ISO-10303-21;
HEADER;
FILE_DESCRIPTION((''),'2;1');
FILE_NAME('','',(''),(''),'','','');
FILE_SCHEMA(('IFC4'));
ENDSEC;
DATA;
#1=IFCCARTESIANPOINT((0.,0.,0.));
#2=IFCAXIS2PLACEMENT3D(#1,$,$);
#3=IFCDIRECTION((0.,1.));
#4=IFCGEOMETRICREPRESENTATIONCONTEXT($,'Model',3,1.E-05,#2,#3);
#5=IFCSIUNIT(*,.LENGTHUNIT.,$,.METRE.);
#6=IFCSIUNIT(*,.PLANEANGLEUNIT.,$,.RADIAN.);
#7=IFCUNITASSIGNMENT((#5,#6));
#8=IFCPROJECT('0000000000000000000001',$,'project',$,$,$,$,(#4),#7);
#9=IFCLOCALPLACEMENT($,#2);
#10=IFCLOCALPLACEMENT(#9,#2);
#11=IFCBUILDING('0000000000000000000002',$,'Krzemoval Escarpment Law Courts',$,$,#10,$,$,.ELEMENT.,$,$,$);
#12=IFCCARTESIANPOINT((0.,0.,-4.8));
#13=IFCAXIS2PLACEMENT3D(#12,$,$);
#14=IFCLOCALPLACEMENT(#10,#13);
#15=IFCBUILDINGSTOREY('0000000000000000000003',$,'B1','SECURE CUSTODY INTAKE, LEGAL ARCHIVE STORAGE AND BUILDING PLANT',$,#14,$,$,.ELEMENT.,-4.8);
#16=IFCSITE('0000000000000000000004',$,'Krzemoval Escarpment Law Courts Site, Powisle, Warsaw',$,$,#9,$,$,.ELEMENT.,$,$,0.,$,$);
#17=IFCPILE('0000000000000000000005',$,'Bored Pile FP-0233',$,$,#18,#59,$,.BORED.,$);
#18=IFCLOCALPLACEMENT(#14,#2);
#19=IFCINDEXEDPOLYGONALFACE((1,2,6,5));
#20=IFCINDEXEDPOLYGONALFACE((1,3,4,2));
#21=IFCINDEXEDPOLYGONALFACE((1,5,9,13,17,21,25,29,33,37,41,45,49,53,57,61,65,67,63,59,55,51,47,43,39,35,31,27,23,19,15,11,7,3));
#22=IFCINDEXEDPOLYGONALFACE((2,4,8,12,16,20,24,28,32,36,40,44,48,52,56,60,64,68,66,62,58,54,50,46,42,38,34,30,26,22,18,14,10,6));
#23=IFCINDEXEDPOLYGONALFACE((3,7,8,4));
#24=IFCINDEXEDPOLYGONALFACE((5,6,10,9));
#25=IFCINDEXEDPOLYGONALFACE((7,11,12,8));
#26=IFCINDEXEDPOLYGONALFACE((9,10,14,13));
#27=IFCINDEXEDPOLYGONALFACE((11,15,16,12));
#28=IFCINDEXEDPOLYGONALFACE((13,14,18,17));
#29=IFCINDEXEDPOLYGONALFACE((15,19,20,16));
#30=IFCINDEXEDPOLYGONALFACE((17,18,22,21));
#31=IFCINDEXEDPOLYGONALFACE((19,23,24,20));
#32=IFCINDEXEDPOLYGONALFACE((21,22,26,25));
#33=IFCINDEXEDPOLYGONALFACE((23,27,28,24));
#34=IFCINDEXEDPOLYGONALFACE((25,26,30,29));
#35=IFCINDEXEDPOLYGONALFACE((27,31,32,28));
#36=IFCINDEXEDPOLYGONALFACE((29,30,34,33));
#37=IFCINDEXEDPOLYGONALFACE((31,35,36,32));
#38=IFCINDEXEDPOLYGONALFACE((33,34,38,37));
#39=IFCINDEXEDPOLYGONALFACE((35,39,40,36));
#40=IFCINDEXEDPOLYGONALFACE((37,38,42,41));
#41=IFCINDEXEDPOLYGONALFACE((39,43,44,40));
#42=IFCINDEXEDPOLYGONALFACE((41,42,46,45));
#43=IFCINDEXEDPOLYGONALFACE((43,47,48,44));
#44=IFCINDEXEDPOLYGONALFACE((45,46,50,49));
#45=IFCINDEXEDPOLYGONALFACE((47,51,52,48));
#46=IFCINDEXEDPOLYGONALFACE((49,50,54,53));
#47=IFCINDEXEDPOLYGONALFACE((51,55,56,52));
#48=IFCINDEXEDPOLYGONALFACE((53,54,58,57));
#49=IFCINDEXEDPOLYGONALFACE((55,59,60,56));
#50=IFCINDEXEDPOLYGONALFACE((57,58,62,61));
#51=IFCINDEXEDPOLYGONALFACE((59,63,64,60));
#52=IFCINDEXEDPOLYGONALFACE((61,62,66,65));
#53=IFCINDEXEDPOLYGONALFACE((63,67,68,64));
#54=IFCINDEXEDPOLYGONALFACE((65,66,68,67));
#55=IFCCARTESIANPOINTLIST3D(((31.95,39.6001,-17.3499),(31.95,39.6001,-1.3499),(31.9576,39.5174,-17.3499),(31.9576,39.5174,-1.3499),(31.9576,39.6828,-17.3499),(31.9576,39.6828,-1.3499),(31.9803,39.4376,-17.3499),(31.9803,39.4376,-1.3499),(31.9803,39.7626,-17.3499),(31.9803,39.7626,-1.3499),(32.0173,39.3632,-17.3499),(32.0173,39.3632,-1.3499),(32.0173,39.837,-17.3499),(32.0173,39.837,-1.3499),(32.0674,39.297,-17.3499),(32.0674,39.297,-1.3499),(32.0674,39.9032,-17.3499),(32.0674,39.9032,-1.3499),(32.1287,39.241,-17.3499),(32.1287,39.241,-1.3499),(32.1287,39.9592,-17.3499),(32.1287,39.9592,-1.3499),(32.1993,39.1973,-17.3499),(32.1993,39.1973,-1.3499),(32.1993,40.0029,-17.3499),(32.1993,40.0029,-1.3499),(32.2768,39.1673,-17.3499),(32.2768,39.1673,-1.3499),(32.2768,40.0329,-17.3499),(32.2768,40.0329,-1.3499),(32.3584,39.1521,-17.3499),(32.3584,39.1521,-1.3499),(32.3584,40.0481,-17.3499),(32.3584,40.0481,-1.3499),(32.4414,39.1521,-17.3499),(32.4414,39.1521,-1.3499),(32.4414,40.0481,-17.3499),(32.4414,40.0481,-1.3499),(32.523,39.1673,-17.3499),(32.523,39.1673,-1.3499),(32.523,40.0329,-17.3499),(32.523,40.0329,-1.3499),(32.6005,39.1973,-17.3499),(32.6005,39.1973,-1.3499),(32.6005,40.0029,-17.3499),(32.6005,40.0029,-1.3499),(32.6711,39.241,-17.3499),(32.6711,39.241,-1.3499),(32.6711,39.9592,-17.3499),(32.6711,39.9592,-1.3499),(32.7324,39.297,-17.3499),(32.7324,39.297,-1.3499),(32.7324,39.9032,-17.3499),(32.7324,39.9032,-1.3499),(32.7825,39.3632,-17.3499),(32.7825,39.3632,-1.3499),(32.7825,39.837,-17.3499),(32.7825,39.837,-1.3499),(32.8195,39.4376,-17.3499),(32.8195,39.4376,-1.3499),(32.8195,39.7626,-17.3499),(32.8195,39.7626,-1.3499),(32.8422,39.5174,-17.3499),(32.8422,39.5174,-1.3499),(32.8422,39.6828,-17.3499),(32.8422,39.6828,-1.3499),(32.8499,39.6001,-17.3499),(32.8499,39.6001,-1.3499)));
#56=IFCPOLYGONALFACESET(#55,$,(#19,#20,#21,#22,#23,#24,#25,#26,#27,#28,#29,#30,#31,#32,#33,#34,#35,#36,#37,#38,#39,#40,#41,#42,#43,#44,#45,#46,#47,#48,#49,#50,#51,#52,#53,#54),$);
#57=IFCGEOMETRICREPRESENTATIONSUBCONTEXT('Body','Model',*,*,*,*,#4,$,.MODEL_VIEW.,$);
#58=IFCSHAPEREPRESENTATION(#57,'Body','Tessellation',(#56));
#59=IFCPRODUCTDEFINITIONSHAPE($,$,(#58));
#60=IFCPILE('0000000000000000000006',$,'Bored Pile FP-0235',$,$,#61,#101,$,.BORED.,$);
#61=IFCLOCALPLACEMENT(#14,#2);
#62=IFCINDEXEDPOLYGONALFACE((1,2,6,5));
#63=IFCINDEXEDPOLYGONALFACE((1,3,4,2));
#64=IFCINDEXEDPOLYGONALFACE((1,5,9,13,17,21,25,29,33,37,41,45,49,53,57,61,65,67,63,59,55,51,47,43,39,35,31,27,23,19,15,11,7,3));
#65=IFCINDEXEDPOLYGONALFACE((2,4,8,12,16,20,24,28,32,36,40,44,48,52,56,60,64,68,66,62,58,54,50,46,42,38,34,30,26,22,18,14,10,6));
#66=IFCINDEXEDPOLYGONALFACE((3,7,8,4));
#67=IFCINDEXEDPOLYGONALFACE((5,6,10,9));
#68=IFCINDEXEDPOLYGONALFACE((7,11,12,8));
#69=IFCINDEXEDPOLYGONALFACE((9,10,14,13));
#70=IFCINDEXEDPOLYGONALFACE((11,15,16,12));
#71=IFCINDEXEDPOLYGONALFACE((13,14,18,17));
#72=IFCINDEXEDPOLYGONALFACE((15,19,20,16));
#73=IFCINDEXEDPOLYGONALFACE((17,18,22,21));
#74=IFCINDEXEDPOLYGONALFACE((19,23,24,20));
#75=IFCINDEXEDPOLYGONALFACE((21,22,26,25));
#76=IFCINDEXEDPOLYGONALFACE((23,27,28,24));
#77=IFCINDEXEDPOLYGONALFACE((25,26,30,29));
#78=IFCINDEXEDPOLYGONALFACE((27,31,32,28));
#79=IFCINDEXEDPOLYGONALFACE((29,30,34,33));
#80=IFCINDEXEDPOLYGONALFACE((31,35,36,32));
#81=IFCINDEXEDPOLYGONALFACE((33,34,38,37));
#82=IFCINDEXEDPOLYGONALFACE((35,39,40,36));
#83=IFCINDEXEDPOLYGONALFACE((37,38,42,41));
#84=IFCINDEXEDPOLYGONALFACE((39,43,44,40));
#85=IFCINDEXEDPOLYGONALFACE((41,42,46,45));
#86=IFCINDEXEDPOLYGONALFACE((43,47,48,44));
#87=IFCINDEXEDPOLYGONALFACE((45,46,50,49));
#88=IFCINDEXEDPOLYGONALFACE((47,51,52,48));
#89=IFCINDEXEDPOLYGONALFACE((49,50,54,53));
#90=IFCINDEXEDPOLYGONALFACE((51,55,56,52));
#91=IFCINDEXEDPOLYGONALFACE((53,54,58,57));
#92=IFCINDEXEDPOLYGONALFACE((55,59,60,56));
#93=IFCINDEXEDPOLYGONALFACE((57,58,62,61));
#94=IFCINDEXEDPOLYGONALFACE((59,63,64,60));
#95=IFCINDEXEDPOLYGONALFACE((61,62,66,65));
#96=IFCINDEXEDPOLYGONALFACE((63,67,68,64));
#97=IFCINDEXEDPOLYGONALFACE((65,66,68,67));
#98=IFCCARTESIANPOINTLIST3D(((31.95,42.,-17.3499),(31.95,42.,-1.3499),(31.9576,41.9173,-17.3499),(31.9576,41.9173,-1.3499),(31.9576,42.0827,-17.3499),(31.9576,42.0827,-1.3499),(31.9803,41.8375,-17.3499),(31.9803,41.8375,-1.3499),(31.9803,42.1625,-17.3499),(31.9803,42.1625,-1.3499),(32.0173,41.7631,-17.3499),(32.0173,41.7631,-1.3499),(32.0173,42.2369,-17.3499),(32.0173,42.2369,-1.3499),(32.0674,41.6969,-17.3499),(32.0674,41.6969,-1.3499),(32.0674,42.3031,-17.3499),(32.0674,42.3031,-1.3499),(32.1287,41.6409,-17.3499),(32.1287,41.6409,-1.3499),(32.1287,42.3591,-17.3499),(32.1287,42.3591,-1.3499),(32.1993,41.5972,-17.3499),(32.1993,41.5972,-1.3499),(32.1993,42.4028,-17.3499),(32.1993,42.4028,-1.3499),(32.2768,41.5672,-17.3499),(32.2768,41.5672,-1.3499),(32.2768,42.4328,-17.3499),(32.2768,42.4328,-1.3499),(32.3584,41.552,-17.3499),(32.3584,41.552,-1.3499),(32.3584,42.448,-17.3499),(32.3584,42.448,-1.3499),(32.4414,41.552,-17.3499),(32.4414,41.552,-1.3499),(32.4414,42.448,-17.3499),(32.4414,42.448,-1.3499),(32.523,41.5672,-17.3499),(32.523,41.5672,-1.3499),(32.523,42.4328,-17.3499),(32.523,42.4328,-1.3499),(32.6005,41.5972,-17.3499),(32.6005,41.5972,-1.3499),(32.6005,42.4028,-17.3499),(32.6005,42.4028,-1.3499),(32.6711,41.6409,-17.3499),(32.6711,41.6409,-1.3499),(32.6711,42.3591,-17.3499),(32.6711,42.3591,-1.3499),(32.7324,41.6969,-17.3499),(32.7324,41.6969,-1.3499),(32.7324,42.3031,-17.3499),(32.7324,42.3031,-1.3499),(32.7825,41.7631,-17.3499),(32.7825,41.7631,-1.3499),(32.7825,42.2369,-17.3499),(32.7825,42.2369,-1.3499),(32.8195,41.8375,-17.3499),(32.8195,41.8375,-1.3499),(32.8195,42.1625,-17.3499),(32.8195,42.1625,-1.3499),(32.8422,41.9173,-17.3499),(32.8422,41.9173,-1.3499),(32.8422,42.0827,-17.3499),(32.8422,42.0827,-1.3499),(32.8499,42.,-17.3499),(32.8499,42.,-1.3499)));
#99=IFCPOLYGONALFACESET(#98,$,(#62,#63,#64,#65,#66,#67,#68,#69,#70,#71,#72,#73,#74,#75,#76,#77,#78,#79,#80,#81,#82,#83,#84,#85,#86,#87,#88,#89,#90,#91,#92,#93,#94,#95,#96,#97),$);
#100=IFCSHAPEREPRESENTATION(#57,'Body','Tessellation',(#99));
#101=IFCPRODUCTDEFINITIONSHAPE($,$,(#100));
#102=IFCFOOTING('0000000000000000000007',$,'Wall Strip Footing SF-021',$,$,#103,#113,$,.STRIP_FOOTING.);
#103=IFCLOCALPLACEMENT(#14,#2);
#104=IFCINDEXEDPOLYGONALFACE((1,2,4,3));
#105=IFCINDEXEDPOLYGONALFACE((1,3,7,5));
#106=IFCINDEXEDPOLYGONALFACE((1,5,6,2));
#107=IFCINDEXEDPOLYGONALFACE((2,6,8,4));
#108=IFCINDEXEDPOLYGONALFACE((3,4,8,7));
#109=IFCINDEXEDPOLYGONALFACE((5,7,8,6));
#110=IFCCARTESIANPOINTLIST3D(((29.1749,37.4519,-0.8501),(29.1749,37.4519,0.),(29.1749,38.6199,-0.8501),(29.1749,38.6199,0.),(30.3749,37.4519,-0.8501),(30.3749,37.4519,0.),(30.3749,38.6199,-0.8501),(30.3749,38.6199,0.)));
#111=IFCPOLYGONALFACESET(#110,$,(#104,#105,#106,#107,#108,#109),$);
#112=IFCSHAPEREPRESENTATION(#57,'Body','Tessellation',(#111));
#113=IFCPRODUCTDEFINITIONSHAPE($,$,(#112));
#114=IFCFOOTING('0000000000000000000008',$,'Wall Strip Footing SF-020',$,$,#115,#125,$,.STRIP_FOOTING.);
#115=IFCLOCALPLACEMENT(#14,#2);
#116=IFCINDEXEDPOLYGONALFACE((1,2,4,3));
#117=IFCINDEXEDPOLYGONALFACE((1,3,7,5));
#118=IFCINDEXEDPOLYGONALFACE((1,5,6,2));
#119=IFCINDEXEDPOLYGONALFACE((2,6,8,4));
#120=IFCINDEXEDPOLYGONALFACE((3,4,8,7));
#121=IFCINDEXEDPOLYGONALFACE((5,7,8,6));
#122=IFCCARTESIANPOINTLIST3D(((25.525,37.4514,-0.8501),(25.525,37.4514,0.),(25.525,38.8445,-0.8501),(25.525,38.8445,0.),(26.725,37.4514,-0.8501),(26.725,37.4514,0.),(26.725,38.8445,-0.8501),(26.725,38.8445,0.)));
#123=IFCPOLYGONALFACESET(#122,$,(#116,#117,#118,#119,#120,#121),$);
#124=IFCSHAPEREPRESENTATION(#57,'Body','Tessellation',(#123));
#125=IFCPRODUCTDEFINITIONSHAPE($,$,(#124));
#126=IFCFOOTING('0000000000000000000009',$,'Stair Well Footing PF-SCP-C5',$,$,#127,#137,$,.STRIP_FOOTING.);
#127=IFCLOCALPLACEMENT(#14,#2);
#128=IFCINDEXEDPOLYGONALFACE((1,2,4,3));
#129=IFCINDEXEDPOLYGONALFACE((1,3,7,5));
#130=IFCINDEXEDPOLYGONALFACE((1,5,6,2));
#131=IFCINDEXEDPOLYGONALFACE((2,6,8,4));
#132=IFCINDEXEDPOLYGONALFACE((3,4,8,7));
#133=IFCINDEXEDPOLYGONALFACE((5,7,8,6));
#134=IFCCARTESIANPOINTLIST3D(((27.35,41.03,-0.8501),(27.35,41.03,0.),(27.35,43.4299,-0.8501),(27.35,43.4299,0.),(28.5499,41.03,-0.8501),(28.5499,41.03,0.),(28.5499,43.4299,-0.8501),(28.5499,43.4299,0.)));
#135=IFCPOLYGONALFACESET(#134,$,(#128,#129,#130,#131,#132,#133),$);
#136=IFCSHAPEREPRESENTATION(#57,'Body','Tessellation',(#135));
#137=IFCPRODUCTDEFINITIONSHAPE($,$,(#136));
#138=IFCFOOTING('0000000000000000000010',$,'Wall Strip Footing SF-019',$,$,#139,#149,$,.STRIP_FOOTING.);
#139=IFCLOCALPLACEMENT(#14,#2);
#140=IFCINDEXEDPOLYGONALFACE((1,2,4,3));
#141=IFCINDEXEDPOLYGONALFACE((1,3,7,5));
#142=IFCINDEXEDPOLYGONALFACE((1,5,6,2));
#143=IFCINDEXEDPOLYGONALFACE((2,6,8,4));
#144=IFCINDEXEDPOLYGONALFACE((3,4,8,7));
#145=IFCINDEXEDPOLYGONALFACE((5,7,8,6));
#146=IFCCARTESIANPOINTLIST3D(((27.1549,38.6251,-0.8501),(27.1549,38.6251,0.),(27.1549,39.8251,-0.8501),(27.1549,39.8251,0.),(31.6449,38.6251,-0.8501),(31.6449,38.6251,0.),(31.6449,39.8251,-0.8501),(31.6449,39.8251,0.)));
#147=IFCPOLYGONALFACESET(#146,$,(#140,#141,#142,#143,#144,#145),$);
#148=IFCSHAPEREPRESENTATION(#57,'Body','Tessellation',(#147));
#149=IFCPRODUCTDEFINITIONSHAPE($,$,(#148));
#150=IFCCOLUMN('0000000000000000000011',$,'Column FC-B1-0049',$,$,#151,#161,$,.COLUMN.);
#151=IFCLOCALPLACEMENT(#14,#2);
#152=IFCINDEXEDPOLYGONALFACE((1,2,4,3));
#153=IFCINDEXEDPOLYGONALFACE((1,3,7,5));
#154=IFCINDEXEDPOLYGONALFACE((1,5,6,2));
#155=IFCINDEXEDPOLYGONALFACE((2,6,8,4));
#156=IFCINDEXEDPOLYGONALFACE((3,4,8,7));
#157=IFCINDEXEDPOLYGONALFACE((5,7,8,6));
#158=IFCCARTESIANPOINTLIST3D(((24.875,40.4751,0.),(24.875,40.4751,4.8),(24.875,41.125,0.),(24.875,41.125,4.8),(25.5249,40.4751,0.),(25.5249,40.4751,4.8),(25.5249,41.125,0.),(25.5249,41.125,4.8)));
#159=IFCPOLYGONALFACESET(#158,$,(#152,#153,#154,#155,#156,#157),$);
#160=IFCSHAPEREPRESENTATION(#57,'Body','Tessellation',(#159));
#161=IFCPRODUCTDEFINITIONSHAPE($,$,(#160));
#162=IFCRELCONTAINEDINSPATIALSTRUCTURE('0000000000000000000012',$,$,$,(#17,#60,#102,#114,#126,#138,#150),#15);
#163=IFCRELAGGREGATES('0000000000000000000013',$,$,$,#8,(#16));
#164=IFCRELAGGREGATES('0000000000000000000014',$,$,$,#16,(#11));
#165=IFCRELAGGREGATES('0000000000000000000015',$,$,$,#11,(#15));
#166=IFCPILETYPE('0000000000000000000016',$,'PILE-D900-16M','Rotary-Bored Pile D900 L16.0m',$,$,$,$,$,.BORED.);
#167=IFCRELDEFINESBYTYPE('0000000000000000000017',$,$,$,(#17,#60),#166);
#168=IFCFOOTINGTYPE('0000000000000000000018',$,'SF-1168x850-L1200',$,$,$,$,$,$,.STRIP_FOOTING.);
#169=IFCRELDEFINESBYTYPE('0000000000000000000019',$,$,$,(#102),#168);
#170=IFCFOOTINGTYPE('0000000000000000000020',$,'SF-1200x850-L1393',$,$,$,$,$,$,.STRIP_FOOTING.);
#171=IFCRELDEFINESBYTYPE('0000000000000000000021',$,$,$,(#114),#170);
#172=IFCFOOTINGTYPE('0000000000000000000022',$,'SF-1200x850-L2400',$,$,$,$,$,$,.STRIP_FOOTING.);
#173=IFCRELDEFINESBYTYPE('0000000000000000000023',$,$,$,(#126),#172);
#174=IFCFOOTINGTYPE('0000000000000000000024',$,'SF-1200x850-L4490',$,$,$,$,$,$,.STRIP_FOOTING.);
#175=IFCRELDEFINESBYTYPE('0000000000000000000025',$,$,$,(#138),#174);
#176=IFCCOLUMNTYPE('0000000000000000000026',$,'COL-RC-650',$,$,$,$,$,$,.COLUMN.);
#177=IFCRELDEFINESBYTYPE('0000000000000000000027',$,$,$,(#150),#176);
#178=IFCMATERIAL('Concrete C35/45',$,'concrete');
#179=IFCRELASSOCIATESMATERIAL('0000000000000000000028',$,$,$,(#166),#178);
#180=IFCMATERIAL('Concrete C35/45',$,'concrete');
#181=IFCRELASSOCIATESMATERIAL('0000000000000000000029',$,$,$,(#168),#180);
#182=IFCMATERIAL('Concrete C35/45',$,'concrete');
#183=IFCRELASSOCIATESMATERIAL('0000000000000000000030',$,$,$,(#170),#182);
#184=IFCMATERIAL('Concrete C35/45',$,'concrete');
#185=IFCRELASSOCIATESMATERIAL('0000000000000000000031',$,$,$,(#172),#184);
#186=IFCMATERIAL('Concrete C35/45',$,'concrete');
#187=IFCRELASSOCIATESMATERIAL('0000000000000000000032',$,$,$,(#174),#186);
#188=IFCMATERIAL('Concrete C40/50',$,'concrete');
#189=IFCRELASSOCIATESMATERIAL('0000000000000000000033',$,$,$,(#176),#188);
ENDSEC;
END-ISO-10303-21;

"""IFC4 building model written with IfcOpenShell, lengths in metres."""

from ifc_helpers import new_model, si_unit, direction, frame, origin, origin_2d, place, context, subcontext, project, spatial, rectangle, circle, extrude, material, material_profile, profile_set, type_object, element, save


model = new_model("IFC4")

# Units and contexts
model_context = context("Model", 3, precision=1e-05, world=origin(), true_north=direction((0.0, 1.0)))
body_context = subcontext(model_context, "Body", "Model", "MODEL_VIEW")
ifc_project = project(units=[si_unit("LENGTHUNIT", "METRE"), si_unit("PLANEANGLEUNIT", "RADIAN")], contexts=[model_context])

# Site, building, storey
site_placement = place(None, origin())
site = spatial("IfcSite", under=ifc_project, at=site_placement, Name="Krzemoval Escarpment Law Courts Site, Powisle, Warsaw", CompositionType="ELEMENT", RefElevation=0.0)
building_placement = place(site_placement, origin())
building = spatial("IfcBuilding", under=site, at=building_placement, Name="Krzemoval Escarpment Law Courts", CompositionType="ELEMENT")
storey_placement = place(building_placement, frame((0.0, 0.0, -4.8)))
storey = spatial("IfcBuildingStorey", under=building, at=storey_placement, Name="B1", Description="SECURE CUSTODY INTAKE, LEGAL ARCHIVE STORAGE AND BUILDING PLANT", CompositionType="ELEMENT", Elevation=-4.8)

# Piles
ifc_material_1 = material(Name="Concrete C35/45", Category="concrete")
ifc_material_profile_1 = material_profile(ifc_material_1, circle(Radius=0.45, at=origin_2d()), Name="PILE D900")
ifc_profile_set_1 = profile_set([ifc_material_profile_1], Name="Concrete C35/45")
pile_type_1 = type_object("IfcPileType", Name="PILE-D900-16M", Description="Rotary-Bored Pile D900 L16.0m", PredefinedType="BORED", material=ifc_profile_set_1)
for number, where, z_axis, x_axis, name in (
    (1, (32.3999, 39.6001, -1.3499), (0.0, 0.0, -1.0), (1.0, 0.0, 0.0), "Bored Pile FP-0233"),
    (2, (32.3999, 42.0, -1.3499), (0.0, 0.0, -1.0), (1.0, 0.0, 0.0), "Bored Pile FP-0235"),
):
    element("IfcPile", number, at=place(storey_placement, frame(where, z_axis=z_axis, x_axis=x_axis)), inside=storey, type_object=pile_type_1, Name=name, PredefinedType="BORED", context=body_context, shape_type="SweptSolid", body=[
        extrude(circle(Radius=0.45, at=origin_2d()), origin(), (0.0, 0.0, 1.0), 16.0),
    ])

# Footings
ifc_material_2 = material(Name="Concrete C35/45", Category="concrete")
footing_type_1 = type_object("IfcFootingType", Name="SF-1168x850-L1200", PredefinedType="STRIP_FOOTING", material=ifc_material_2)
footing_1_placement = place(storey_placement, frame((29.7749, 38.0359, -0.8501), z_axis=(0.0, 0.0, 1.0), x_axis=(1.0, 0.0, 0.0)))
element("IfcFooting", 3, at=footing_1_placement, inside=storey, type_object=footing_type_1, Name="Wall Strip Footing SF-021", PredefinedType="STRIP_FOOTING", context=body_context, shape_type="SweptSolid", body=[
    extrude(rectangle(XDim=1.2, YDim=1.168, at=origin_2d()), origin(), (0.0, 0.0, 1.0), 0.8501),
])
ifc_material_3 = material(Name="Concrete C35/45", Category="concrete")
footing_type_2 = type_object("IfcFootingType", Name="SF-1200x850-L1393", PredefinedType="STRIP_FOOTING", material=ifc_material_3)
footing_2_placement = place(storey_placement, frame((26.125, 38.1479, -0.8501), z_axis=(0.0, 0.0, 1.0), x_axis=(0.0, 1.0, 0.0)))
element("IfcFooting", 4, at=footing_2_placement, inside=storey, type_object=footing_type_2, Name="Wall Strip Footing SF-020", PredefinedType="STRIP_FOOTING", context=body_context, shape_type="SweptSolid", body=[
    extrude(rectangle(XDim=1.3931, YDim=1.2, at=origin_2d()), origin(), (0.0, 0.0, 1.0), 0.8501),
])
ifc_material_4 = material(Name="Concrete C35/45", Category="concrete")
footing_type_3 = type_object("IfcFootingType", Name="SF-1200x850-L2400", PredefinedType="STRIP_FOOTING", material=ifc_material_4)
footing_3_placement = place(storey_placement, frame((27.95, 42.23, -0.8501), z_axis=(0.0, 0.0, 1.0), x_axis=(0.0, 1.0, 0.0)))
element("IfcFooting", 5, at=footing_3_placement, inside=storey, type_object=footing_type_3, Name="Stair Well Footing PF-SCP-C5", PredefinedType="STRIP_FOOTING", context=body_context, shape_type="SweptSolid", body=[
    extrude(rectangle(XDim=2.3999, YDim=1.2, at=origin_2d()), origin(), (0.0, 0.0, 1.0), 0.8501),
])
ifc_material_5 = material(Name="Concrete C35/45", Category="concrete")
footing_type_4 = type_object("IfcFootingType", Name="SF-1200x850-L4490", PredefinedType="STRIP_FOOTING", material=ifc_material_5)
footing_4_placement = place(storey_placement, frame((29.3999, 39.2251, -0.8501), z_axis=(0.0, 0.0, 1.0), x_axis=(1.0, 0.0, 0.0)))
element("IfcFooting", 6, at=footing_4_placement, inside=storey, type_object=footing_type_4, Name="Wall Strip Footing SF-019", PredefinedType="STRIP_FOOTING", context=body_context, shape_type="SweptSolid", body=[
    extrude(rectangle(XDim=4.49, YDim=1.2, at=origin_2d()), origin(), (0.0, 0.0, 1.0), 0.8501),
])

# Column
ifc_material_6 = material(Name="Concrete C40/50", Category="concrete")
ifc_material_profile_2 = material_profile(ifc_material_6, rectangle(XDim=0.6499, YDim=0.6499, at=origin_2d()), Name="RC 650x650")
ifc_profile_set_2 = profile_set([ifc_material_profile_2], Name="Concrete C40/50")
column_type_1 = type_object("IfcColumnType", Name="COL-RC-650", PredefinedType="COLUMN", material=ifc_profile_set_2)
column_1_placement = place(storey_placement, frame((25.2, 40.8, 0.0), z_axis=(0.0, 0.0, 1.0), x_axis=(1.0, 0.0, 0.0)))
element("IfcColumn", 7, at=column_1_placement, inside=storey, type_object=column_type_1, Name="Column FC-B1-0049", PredefinedType="COLUMN", context=body_context, shape_type="SweptSolid", body=[
    extrude(rectangle(XDim=0.6499, YDim=0.6499, at=origin_2d()), origin(), (0.0, 0.0, 1.0), 4.8),
])

save(model, "model.ifc")
